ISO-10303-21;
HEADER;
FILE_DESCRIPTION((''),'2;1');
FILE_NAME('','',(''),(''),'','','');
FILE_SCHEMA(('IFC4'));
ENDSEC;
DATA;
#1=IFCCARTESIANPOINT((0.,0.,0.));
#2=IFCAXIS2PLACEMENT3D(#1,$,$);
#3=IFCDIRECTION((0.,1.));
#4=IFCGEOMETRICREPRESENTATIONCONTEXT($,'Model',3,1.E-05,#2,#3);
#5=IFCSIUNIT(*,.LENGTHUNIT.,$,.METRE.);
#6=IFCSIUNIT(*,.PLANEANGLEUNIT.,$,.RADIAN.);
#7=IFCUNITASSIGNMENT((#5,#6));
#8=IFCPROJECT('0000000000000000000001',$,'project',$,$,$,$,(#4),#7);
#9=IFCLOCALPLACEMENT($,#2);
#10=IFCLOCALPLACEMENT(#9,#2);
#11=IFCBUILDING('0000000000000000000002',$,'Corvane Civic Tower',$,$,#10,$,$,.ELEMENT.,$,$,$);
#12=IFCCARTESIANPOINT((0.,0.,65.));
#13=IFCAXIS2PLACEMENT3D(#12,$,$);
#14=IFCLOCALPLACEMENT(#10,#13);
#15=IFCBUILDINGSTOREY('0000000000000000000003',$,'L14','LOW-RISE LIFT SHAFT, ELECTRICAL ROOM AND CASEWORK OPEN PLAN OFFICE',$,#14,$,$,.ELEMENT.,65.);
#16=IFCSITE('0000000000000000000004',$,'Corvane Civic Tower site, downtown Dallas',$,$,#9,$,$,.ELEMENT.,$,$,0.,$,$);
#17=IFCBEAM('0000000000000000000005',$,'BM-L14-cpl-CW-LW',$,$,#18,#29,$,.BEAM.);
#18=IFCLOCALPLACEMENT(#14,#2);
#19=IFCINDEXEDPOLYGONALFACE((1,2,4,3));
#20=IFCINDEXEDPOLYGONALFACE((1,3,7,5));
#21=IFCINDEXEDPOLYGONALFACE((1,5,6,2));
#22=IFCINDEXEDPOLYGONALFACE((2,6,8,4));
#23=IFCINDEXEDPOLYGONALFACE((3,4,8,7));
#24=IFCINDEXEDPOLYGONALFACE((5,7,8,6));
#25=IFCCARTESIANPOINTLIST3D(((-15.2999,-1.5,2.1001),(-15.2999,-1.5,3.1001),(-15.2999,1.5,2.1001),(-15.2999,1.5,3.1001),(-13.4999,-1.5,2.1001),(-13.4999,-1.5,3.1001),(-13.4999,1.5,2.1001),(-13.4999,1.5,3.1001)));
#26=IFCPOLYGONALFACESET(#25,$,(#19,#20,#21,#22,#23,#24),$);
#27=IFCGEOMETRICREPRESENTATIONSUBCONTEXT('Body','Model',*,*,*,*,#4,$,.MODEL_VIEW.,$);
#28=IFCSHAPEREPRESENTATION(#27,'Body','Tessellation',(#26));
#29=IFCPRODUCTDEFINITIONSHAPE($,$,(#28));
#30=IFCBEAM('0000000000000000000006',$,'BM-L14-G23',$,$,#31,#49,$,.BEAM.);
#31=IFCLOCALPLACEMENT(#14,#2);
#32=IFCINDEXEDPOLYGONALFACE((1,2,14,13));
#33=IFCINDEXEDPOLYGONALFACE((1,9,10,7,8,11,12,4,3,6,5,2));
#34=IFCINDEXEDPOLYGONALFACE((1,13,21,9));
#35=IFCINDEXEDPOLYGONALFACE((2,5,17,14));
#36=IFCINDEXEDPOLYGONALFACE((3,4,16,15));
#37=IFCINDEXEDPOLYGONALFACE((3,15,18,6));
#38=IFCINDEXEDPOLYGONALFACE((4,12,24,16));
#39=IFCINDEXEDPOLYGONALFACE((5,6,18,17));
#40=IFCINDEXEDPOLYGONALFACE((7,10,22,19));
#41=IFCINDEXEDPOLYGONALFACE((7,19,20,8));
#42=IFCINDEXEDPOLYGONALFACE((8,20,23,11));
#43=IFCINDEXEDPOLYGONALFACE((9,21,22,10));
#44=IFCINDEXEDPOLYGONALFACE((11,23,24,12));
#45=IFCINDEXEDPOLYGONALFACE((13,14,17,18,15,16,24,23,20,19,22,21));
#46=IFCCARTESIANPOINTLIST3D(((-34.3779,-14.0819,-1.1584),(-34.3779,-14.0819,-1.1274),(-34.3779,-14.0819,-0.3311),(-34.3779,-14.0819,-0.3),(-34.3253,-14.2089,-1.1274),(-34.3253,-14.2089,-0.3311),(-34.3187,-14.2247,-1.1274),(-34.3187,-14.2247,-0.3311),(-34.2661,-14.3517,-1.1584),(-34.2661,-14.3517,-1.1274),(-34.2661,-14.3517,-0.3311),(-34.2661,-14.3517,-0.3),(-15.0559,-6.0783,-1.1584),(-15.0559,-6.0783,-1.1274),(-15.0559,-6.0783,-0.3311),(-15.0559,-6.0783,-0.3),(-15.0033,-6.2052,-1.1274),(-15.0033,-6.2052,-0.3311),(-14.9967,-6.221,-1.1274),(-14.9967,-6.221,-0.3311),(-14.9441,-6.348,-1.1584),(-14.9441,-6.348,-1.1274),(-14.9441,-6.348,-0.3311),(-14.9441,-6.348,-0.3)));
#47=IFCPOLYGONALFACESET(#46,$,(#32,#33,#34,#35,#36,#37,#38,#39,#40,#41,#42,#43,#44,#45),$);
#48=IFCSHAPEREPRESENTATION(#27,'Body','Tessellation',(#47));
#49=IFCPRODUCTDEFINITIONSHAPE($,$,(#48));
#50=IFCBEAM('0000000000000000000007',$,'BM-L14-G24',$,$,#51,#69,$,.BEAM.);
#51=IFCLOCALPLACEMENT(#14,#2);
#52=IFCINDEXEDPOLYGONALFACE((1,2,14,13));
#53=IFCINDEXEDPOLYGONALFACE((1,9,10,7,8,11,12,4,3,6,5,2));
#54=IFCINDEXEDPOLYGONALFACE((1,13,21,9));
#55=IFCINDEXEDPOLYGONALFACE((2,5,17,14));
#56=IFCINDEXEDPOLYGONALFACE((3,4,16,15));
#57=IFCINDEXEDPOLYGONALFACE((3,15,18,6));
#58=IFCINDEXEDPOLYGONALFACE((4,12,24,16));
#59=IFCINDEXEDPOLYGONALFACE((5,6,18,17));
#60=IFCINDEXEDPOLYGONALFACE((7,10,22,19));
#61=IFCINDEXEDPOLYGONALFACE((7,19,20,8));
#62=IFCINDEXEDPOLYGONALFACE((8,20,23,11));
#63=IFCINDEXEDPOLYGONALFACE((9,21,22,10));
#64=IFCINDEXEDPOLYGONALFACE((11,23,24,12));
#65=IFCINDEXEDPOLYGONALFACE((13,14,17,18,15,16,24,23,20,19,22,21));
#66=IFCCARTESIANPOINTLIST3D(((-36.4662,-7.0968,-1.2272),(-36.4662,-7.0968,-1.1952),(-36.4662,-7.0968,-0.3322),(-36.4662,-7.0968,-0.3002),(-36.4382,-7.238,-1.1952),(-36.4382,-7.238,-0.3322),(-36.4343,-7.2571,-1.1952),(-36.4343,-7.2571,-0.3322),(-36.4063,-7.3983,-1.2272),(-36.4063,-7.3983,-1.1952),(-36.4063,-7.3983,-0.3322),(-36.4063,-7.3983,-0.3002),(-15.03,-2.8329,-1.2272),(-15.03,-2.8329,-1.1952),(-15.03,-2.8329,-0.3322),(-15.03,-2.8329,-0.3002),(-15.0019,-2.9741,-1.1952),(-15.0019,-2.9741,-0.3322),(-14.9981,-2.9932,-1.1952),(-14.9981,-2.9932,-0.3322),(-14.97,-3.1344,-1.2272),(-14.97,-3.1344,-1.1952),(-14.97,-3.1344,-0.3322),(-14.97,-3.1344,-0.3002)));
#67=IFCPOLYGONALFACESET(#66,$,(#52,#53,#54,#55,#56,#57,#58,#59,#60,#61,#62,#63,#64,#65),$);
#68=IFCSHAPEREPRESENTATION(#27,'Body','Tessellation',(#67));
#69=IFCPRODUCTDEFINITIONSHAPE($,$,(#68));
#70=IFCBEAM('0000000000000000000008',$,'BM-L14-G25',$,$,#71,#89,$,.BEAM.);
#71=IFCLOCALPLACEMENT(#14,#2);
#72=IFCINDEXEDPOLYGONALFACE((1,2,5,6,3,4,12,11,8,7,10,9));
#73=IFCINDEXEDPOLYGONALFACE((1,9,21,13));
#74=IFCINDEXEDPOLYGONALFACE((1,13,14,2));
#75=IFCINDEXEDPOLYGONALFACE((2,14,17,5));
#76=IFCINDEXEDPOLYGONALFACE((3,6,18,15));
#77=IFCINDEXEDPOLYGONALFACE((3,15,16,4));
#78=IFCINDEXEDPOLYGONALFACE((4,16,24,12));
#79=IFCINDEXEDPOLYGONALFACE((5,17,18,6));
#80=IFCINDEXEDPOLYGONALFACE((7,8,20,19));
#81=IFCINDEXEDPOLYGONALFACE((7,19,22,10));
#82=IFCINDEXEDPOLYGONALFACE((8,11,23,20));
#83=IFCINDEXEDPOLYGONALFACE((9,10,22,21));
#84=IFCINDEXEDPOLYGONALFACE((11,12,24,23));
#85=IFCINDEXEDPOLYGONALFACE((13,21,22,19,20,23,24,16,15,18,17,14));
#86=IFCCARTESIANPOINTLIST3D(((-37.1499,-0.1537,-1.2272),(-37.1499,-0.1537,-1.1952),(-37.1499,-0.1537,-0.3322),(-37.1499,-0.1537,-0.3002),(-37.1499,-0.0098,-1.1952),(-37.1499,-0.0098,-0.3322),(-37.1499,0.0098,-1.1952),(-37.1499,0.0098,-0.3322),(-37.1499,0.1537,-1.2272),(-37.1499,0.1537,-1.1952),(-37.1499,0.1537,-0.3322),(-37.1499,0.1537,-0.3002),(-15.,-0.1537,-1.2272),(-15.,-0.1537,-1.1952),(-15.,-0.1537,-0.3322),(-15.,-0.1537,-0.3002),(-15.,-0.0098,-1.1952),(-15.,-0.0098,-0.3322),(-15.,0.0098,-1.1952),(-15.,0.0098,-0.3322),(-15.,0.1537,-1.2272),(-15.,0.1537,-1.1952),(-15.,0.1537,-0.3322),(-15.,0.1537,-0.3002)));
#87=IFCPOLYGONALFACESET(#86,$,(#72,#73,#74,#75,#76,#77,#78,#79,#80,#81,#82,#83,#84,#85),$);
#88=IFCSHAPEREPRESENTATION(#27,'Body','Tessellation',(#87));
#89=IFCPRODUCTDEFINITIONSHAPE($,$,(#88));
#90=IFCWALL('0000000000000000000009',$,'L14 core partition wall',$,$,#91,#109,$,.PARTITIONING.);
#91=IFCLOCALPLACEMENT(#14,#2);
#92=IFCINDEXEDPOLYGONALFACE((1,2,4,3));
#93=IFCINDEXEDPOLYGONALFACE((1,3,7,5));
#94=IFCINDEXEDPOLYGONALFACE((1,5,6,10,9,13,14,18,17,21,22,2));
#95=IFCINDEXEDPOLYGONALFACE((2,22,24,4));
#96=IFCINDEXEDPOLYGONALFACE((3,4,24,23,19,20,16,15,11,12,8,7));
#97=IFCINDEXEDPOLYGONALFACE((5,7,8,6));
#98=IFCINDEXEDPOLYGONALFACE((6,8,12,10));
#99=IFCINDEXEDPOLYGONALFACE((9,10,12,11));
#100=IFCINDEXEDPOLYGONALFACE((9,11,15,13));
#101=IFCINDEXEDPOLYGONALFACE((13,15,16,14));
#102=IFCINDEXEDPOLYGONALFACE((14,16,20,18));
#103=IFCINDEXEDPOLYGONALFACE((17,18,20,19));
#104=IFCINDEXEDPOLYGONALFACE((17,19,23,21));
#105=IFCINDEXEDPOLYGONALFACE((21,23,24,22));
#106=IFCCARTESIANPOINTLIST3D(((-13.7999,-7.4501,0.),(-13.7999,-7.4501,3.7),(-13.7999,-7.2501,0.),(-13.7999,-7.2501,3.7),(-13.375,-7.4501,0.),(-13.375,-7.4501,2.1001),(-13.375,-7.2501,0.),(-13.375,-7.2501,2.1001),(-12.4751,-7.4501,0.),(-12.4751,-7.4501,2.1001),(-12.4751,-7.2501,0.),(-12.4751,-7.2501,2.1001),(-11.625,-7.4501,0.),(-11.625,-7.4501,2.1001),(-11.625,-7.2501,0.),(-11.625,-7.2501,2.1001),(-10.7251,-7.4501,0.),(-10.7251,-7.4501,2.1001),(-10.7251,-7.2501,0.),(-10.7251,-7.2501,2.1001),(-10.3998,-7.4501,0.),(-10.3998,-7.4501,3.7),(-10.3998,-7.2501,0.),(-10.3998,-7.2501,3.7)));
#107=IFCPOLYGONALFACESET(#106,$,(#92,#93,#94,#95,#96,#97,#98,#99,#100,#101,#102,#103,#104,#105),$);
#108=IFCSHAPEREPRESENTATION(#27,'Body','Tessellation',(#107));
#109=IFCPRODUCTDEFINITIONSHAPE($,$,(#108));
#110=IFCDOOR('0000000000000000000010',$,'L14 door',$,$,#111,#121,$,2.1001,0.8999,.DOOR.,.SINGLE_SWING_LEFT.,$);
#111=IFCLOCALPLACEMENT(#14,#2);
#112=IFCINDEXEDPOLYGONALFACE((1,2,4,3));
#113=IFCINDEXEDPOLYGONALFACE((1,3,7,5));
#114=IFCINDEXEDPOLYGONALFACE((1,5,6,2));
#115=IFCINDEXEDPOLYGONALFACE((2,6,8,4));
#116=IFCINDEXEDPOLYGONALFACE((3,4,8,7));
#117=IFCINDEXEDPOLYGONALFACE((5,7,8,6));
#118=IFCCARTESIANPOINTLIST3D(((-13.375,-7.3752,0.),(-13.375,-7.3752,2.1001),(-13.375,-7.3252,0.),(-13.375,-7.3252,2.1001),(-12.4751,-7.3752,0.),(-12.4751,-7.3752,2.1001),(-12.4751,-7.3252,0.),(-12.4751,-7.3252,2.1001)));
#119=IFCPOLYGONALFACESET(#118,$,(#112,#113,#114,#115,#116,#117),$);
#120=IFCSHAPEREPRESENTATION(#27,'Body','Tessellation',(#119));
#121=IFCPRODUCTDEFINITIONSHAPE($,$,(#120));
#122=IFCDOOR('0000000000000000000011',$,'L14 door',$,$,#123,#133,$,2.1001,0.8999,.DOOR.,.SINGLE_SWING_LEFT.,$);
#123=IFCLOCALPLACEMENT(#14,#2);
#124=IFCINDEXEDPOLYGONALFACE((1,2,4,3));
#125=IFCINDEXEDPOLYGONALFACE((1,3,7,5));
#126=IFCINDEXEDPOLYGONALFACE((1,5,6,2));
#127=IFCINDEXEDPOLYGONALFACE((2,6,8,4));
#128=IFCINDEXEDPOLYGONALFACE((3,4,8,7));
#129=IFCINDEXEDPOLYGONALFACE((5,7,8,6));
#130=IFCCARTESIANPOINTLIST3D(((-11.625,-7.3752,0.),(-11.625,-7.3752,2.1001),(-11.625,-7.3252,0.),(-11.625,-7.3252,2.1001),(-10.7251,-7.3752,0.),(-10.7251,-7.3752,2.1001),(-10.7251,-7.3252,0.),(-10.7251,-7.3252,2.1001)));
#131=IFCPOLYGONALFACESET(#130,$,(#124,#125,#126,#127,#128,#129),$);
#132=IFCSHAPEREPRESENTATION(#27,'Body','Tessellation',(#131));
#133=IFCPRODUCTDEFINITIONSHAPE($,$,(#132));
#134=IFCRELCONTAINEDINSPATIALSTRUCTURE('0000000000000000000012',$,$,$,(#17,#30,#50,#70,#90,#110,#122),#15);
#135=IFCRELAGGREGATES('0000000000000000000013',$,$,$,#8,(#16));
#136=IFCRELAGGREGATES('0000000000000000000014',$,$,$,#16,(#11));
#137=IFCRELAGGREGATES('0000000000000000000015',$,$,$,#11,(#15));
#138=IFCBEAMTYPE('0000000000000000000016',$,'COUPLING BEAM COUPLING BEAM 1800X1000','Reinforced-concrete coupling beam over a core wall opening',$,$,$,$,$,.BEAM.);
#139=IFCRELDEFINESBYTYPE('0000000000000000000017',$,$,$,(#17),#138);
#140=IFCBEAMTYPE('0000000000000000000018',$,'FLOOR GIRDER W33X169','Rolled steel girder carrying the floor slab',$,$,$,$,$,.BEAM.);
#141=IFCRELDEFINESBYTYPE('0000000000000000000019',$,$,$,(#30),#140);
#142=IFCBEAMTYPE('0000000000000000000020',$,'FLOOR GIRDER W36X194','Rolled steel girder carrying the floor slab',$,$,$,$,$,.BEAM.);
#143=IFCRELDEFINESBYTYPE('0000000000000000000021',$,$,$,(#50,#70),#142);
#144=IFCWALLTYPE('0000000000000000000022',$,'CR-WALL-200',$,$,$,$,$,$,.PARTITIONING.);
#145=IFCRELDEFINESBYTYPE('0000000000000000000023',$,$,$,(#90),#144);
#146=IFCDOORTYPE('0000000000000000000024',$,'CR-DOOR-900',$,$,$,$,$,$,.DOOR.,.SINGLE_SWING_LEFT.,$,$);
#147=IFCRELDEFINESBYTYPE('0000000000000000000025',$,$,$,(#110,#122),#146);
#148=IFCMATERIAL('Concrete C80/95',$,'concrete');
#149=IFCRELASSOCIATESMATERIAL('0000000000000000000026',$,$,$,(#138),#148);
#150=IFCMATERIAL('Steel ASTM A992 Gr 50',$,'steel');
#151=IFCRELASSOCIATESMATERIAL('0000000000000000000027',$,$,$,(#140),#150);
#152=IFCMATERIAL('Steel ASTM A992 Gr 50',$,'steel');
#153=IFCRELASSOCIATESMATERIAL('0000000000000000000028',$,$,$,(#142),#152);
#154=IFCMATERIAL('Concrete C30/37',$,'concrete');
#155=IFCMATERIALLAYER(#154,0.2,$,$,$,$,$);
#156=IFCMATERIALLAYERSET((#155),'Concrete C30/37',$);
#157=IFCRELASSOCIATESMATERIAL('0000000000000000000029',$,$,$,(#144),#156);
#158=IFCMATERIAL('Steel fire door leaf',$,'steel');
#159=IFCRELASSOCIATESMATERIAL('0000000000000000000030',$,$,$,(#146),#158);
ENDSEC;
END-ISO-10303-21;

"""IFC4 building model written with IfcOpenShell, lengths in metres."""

from ifc_helpers import new_model, si_unit, direction, frame, frame_2d, origin, origin_2d, place, context, subcontext, project, spatial, rectangle, i_section, extrude, material, layer, layer_set, material_profile, profile_set, type_object, element, fill, save


model = new_model("IFC4")

# Units and contexts
model_context = context("Model", 3, precision=1e-05, world=origin(), true_north=direction((0.0, 1.0)))
body_context = subcontext(model_context, "Body", "Model", "MODEL_VIEW")
ifc_project = project(units=[si_unit("LENGTHUNIT", "METRE"), si_unit("PLANEANGLEUNIT", "RADIAN")], contexts=[model_context])

# Site, building, storey
site_placement = place(None, origin())
site = spatial("IfcSite", under=ifc_project, at=site_placement, Name="Corvane Civic Tower site, downtown Dallas", CompositionType="ELEMENT", RefElevation=0.0)
building_placement = place(site_placement, origin())
building = spatial("IfcBuilding", under=site, at=building_placement, Name="Corvane Civic Tower", CompositionType="ELEMENT")
storey_placement = place(building_placement, frame((0.0, 0.0, 65.0)))
storey = spatial("IfcBuildingStorey", under=building, at=storey_placement, Name="L14", Description="LOW-RISE LIFT SHAFT, ELECTRICAL ROOM AND CASEWORK OPEN PLAN OFFICE", CompositionType="ELEMENT", Elevation=65.0)

# Beams
ifc_material_1 = material(Name="Concrete C80/95", Category="concrete")
ifc_material_profile_1 = material_profile(ifc_material_1, rectangle(XDim=1.8, YDim=1.0, at=origin_2d()), Name="COUPLING BEAM 1800X1000")
ifc_profile_set_1 = profile_set([ifc_material_profile_1], Name="Concrete C80/95")
beam_type_1 = type_object("IfcBeamType", Name="COUPLING BEAM COUPLING BEAM 1800X1000", Description="Reinforced-concrete coupling beam over a core wall opening", PredefinedType="BEAM", material=ifc_profile_set_1)
beam_1_placement = place(storey_placement, frame((-14.3999, -1.5, 2.6001), z_axis=(0.0, 1.0, 0.0), x_axis=(-1.0, 0.0, 0.0)))
element("IfcBeam", 1, at=beam_1_placement, inside=storey, type_object=beam_type_1, Name="BM-L14-cpl-CW-LW", PredefinedType="BEAM", context=body_context, shape_type="SweptSolid", body=[
    extrude(rectangle(XDim=1.8, YDim=1.0, at=origin_2d()), origin(), (0.0, 0.0, 1.0), 3.0),
])
ifc_material_2 = material(Name="Steel ASTM A992 Gr 50", Category="steel")
ifc_material_profile_2 = material_profile(ifc_material_2, i_section(OverallWidth=0.292, OverallDepth=0.8584, WebThickness=0.0171, FlangeThickness=0.031, at=origin_2d()), Name="W33X169")
ifc_profile_set_2 = profile_set([ifc_material_profile_2], Name="Steel ASTM A992 Gr 50")
beam_type_2 = type_object("IfcBeamType", Name="FLOOR GIRDER W33X169", Description="Rolled steel girder carrying the floor slab", PredefinedType="BEAM", material=ifc_profile_set_2)
beam_2_placement = place(storey_placement, frame((-15.0, -6.2131, -0.7292), z_axis=(-0.923876, -0.382692, 0.0), x_axis=(0.382692, -0.923876, 0.0)))
element("IfcBeam", 2, at=beam_2_placement, inside=storey, type_object=beam_type_2, Name="BM-L14-G23", PredefinedType="BEAM", context=body_context, shape_type="SweptSolid", body=[
    extrude(i_section(OverallWidth=0.292, OverallDepth=0.8584, WebThickness=0.0171, FlangeThickness=0.031, at=origin_2d()), origin(), (0.0, 0.0, 1.0), 20.9141),
])
ifc_material_3 = material(Name="Steel ASTM A992 Gr 50", Category="steel")
ifc_material_profile_3 = material_profile(ifc_material_3, i_section(OverallWidth=0.3074, OverallDepth=0.927, WebThickness=0.0195, FlangeThickness=0.032, at=origin_2d()), Name="W36X194")
ifc_profile_set_3 = profile_set([ifc_material_profile_3], Name="Steel ASTM A992 Gr 50")
beam_type_3 = type_object("IfcBeamType", Name="FLOOR GIRDER W36X194", Description="Rolled steel girder carrying the floor slab", PredefinedType="BEAM", material=ifc_profile_set_3)
beam_3_placement = place(storey_placement, frame((-15.0, -2.9836, -0.7637), z_axis=(-0.980785, -0.195089, 0.0), x_axis=(0.195089, -0.980785, 0.0)))
element("IfcBeam", 3, at=beam_3_placement, inside=storey, type_object=beam_type_3, Name="BM-L14-G24", PredefinedType="BEAM", context=body_context, shape_type="SweptSolid", body=[
    extrude(i_section(OverallWidth=0.3074, OverallDepth=0.927, WebThickness=0.0195, FlangeThickness=0.032, at=origin_2d()), origin(), (0.0, 0.0, 1.0), 21.8562),
])
beam_4_placement = place(storey_placement, frame((-15.0, 0.0, -0.7637), z_axis=(-1.0, 0.0, 0.0), x_axis=(0.0, -1.0, 0.0)))
element("IfcBeam", 4, at=beam_4_placement, inside=storey, type_object=beam_type_3, Name="BM-L14-G25", PredefinedType="BEAM", context=body_context, shape_type="SweptSolid", body=[
    extrude(i_section(OverallWidth=0.3074, OverallDepth=0.927, WebThickness=0.0195, FlangeThickness=0.032, at=origin_2d()), origin(), (0.0, 0.0, 1.0), 22.1499),
])

# Wall, openings, doors
ifc_material_4 = material(Name="Concrete C30/37", Category="concrete")
ifc_layer_1 = layer(ifc_material_4, 0.2)
ifc_layer_set_1 = layer_set([ifc_layer_1], Name="Concrete C30/37")
wall_type_1 = type_object("IfcWallType", Name="CR-WALL-200", PredefinedType="PARTITIONING", material=ifc_layer_set_1)
wall_1_placement = place(storey_placement, frame((-13.8, -7.3501, 0.0), z_axis=(0.0, 0.0, 1.0), x_axis=(1.0, 0.0, 0.0)))
wall_1 = element("IfcWall", 5, at=wall_1_placement, inside=storey, type_object=wall_type_1, Name="L14 core partition wall", PredefinedType="PARTITIONING", context=body_context, shape_type="SweptSolid", body=[
    extrude(rectangle(XDim=3.4001, YDim=0.2, at=frame_2d((1.7002, 0.0))), origin(), (0.0, 0.0, 1.0), 3.7),
])
opening_1_placement = place(wall_1_placement, frame((0.425, 0.0, 0.0)))
opening_1 = element("IfcOpeningElement", 6, at=opening_1_placement, cuts=wall_1, PredefinedType="OPENING", context=body_context, shape_type="SweptSolid", body=[
    extrude(rectangle(XDim=0.8999, YDim=2.1001, at=frame_2d((0.45, 1.05))), frame((0.0, 0.1099, 0.0), z_axis=(0.0, -1.0, 0.0), x_axis=(1.0, 0.0, 0.0)), (0.0, 0.0, 1.0), 0.22),
])
opening_2_placement = place(wall_1_placement, frame((2.175, 0.0, 0.0)))
opening_2 = element("IfcOpeningElement", 7, at=opening_2_placement, cuts=wall_1, PredefinedType="OPENING", context=body_context, shape_type="SweptSolid", body=[
    extrude(rectangle(XDim=0.8999, YDim=2.1001, at=frame_2d((0.45, 1.05))), frame((0.0, 0.1099, 0.0), z_axis=(0.0, -1.0, 0.0), x_axis=(1.0, 0.0, 0.0)), (0.0, 0.0, 1.0), 0.22),
])
ifc_material_5 = material(Name="Steel fire door leaf", Category="steel")
door_type_1 = type_object("IfcDoorType", Name="CR-DOOR-900", OperationType="SINGLE_SWING_LEFT", PredefinedType="DOOR", material=ifc_material_5)
door_1_placement = place(opening_1_placement, origin())
door_1 = element("IfcDoor", 8, at=door_1_placement, inside=storey, type_object=door_type_1, Name="L14 door", OperationType="SINGLE_SWING_LEFT", OverallHeight=2.1001, OverallWidth=0.8999, PredefinedType="DOOR", context=body_context, shape_type="SweptSolid", body=[
    extrude(rectangle(XDim=0.8999, YDim=2.1001, at=frame_2d((0.45, 1.05))), frame((0.0, 0.0249, 0.0), z_axis=(0.0, -1.0, 0.0), x_axis=(1.0, 0.0, 0.0)), (0.0, 0.0, 1.0), 0.05),
])
fill(opening_1, door_1)
door_2_placement = place(opening_2_placement, origin())
door_2 = element("IfcDoor", 9, at=door_2_placement, inside=storey, type_object=door_type_1, Name="L14 door", OperationType="SINGLE_SWING_LEFT", OverallHeight=2.1001, OverallWidth=0.8999, PredefinedType="DOOR", context=body_context, shape_type="SweptSolid", body=[
    extrude(rectangle(XDim=0.8999, YDim=2.1001, at=frame_2d((0.45, 1.05))), frame((0.0, 0.0249, 0.0), z_axis=(0.0, -1.0, 0.0), x_axis=(1.0, 0.0, 0.0)), (0.0, 0.0, 1.0), 0.05),
])
fill(opening_2, door_2)

save(model, "model.ifc")
